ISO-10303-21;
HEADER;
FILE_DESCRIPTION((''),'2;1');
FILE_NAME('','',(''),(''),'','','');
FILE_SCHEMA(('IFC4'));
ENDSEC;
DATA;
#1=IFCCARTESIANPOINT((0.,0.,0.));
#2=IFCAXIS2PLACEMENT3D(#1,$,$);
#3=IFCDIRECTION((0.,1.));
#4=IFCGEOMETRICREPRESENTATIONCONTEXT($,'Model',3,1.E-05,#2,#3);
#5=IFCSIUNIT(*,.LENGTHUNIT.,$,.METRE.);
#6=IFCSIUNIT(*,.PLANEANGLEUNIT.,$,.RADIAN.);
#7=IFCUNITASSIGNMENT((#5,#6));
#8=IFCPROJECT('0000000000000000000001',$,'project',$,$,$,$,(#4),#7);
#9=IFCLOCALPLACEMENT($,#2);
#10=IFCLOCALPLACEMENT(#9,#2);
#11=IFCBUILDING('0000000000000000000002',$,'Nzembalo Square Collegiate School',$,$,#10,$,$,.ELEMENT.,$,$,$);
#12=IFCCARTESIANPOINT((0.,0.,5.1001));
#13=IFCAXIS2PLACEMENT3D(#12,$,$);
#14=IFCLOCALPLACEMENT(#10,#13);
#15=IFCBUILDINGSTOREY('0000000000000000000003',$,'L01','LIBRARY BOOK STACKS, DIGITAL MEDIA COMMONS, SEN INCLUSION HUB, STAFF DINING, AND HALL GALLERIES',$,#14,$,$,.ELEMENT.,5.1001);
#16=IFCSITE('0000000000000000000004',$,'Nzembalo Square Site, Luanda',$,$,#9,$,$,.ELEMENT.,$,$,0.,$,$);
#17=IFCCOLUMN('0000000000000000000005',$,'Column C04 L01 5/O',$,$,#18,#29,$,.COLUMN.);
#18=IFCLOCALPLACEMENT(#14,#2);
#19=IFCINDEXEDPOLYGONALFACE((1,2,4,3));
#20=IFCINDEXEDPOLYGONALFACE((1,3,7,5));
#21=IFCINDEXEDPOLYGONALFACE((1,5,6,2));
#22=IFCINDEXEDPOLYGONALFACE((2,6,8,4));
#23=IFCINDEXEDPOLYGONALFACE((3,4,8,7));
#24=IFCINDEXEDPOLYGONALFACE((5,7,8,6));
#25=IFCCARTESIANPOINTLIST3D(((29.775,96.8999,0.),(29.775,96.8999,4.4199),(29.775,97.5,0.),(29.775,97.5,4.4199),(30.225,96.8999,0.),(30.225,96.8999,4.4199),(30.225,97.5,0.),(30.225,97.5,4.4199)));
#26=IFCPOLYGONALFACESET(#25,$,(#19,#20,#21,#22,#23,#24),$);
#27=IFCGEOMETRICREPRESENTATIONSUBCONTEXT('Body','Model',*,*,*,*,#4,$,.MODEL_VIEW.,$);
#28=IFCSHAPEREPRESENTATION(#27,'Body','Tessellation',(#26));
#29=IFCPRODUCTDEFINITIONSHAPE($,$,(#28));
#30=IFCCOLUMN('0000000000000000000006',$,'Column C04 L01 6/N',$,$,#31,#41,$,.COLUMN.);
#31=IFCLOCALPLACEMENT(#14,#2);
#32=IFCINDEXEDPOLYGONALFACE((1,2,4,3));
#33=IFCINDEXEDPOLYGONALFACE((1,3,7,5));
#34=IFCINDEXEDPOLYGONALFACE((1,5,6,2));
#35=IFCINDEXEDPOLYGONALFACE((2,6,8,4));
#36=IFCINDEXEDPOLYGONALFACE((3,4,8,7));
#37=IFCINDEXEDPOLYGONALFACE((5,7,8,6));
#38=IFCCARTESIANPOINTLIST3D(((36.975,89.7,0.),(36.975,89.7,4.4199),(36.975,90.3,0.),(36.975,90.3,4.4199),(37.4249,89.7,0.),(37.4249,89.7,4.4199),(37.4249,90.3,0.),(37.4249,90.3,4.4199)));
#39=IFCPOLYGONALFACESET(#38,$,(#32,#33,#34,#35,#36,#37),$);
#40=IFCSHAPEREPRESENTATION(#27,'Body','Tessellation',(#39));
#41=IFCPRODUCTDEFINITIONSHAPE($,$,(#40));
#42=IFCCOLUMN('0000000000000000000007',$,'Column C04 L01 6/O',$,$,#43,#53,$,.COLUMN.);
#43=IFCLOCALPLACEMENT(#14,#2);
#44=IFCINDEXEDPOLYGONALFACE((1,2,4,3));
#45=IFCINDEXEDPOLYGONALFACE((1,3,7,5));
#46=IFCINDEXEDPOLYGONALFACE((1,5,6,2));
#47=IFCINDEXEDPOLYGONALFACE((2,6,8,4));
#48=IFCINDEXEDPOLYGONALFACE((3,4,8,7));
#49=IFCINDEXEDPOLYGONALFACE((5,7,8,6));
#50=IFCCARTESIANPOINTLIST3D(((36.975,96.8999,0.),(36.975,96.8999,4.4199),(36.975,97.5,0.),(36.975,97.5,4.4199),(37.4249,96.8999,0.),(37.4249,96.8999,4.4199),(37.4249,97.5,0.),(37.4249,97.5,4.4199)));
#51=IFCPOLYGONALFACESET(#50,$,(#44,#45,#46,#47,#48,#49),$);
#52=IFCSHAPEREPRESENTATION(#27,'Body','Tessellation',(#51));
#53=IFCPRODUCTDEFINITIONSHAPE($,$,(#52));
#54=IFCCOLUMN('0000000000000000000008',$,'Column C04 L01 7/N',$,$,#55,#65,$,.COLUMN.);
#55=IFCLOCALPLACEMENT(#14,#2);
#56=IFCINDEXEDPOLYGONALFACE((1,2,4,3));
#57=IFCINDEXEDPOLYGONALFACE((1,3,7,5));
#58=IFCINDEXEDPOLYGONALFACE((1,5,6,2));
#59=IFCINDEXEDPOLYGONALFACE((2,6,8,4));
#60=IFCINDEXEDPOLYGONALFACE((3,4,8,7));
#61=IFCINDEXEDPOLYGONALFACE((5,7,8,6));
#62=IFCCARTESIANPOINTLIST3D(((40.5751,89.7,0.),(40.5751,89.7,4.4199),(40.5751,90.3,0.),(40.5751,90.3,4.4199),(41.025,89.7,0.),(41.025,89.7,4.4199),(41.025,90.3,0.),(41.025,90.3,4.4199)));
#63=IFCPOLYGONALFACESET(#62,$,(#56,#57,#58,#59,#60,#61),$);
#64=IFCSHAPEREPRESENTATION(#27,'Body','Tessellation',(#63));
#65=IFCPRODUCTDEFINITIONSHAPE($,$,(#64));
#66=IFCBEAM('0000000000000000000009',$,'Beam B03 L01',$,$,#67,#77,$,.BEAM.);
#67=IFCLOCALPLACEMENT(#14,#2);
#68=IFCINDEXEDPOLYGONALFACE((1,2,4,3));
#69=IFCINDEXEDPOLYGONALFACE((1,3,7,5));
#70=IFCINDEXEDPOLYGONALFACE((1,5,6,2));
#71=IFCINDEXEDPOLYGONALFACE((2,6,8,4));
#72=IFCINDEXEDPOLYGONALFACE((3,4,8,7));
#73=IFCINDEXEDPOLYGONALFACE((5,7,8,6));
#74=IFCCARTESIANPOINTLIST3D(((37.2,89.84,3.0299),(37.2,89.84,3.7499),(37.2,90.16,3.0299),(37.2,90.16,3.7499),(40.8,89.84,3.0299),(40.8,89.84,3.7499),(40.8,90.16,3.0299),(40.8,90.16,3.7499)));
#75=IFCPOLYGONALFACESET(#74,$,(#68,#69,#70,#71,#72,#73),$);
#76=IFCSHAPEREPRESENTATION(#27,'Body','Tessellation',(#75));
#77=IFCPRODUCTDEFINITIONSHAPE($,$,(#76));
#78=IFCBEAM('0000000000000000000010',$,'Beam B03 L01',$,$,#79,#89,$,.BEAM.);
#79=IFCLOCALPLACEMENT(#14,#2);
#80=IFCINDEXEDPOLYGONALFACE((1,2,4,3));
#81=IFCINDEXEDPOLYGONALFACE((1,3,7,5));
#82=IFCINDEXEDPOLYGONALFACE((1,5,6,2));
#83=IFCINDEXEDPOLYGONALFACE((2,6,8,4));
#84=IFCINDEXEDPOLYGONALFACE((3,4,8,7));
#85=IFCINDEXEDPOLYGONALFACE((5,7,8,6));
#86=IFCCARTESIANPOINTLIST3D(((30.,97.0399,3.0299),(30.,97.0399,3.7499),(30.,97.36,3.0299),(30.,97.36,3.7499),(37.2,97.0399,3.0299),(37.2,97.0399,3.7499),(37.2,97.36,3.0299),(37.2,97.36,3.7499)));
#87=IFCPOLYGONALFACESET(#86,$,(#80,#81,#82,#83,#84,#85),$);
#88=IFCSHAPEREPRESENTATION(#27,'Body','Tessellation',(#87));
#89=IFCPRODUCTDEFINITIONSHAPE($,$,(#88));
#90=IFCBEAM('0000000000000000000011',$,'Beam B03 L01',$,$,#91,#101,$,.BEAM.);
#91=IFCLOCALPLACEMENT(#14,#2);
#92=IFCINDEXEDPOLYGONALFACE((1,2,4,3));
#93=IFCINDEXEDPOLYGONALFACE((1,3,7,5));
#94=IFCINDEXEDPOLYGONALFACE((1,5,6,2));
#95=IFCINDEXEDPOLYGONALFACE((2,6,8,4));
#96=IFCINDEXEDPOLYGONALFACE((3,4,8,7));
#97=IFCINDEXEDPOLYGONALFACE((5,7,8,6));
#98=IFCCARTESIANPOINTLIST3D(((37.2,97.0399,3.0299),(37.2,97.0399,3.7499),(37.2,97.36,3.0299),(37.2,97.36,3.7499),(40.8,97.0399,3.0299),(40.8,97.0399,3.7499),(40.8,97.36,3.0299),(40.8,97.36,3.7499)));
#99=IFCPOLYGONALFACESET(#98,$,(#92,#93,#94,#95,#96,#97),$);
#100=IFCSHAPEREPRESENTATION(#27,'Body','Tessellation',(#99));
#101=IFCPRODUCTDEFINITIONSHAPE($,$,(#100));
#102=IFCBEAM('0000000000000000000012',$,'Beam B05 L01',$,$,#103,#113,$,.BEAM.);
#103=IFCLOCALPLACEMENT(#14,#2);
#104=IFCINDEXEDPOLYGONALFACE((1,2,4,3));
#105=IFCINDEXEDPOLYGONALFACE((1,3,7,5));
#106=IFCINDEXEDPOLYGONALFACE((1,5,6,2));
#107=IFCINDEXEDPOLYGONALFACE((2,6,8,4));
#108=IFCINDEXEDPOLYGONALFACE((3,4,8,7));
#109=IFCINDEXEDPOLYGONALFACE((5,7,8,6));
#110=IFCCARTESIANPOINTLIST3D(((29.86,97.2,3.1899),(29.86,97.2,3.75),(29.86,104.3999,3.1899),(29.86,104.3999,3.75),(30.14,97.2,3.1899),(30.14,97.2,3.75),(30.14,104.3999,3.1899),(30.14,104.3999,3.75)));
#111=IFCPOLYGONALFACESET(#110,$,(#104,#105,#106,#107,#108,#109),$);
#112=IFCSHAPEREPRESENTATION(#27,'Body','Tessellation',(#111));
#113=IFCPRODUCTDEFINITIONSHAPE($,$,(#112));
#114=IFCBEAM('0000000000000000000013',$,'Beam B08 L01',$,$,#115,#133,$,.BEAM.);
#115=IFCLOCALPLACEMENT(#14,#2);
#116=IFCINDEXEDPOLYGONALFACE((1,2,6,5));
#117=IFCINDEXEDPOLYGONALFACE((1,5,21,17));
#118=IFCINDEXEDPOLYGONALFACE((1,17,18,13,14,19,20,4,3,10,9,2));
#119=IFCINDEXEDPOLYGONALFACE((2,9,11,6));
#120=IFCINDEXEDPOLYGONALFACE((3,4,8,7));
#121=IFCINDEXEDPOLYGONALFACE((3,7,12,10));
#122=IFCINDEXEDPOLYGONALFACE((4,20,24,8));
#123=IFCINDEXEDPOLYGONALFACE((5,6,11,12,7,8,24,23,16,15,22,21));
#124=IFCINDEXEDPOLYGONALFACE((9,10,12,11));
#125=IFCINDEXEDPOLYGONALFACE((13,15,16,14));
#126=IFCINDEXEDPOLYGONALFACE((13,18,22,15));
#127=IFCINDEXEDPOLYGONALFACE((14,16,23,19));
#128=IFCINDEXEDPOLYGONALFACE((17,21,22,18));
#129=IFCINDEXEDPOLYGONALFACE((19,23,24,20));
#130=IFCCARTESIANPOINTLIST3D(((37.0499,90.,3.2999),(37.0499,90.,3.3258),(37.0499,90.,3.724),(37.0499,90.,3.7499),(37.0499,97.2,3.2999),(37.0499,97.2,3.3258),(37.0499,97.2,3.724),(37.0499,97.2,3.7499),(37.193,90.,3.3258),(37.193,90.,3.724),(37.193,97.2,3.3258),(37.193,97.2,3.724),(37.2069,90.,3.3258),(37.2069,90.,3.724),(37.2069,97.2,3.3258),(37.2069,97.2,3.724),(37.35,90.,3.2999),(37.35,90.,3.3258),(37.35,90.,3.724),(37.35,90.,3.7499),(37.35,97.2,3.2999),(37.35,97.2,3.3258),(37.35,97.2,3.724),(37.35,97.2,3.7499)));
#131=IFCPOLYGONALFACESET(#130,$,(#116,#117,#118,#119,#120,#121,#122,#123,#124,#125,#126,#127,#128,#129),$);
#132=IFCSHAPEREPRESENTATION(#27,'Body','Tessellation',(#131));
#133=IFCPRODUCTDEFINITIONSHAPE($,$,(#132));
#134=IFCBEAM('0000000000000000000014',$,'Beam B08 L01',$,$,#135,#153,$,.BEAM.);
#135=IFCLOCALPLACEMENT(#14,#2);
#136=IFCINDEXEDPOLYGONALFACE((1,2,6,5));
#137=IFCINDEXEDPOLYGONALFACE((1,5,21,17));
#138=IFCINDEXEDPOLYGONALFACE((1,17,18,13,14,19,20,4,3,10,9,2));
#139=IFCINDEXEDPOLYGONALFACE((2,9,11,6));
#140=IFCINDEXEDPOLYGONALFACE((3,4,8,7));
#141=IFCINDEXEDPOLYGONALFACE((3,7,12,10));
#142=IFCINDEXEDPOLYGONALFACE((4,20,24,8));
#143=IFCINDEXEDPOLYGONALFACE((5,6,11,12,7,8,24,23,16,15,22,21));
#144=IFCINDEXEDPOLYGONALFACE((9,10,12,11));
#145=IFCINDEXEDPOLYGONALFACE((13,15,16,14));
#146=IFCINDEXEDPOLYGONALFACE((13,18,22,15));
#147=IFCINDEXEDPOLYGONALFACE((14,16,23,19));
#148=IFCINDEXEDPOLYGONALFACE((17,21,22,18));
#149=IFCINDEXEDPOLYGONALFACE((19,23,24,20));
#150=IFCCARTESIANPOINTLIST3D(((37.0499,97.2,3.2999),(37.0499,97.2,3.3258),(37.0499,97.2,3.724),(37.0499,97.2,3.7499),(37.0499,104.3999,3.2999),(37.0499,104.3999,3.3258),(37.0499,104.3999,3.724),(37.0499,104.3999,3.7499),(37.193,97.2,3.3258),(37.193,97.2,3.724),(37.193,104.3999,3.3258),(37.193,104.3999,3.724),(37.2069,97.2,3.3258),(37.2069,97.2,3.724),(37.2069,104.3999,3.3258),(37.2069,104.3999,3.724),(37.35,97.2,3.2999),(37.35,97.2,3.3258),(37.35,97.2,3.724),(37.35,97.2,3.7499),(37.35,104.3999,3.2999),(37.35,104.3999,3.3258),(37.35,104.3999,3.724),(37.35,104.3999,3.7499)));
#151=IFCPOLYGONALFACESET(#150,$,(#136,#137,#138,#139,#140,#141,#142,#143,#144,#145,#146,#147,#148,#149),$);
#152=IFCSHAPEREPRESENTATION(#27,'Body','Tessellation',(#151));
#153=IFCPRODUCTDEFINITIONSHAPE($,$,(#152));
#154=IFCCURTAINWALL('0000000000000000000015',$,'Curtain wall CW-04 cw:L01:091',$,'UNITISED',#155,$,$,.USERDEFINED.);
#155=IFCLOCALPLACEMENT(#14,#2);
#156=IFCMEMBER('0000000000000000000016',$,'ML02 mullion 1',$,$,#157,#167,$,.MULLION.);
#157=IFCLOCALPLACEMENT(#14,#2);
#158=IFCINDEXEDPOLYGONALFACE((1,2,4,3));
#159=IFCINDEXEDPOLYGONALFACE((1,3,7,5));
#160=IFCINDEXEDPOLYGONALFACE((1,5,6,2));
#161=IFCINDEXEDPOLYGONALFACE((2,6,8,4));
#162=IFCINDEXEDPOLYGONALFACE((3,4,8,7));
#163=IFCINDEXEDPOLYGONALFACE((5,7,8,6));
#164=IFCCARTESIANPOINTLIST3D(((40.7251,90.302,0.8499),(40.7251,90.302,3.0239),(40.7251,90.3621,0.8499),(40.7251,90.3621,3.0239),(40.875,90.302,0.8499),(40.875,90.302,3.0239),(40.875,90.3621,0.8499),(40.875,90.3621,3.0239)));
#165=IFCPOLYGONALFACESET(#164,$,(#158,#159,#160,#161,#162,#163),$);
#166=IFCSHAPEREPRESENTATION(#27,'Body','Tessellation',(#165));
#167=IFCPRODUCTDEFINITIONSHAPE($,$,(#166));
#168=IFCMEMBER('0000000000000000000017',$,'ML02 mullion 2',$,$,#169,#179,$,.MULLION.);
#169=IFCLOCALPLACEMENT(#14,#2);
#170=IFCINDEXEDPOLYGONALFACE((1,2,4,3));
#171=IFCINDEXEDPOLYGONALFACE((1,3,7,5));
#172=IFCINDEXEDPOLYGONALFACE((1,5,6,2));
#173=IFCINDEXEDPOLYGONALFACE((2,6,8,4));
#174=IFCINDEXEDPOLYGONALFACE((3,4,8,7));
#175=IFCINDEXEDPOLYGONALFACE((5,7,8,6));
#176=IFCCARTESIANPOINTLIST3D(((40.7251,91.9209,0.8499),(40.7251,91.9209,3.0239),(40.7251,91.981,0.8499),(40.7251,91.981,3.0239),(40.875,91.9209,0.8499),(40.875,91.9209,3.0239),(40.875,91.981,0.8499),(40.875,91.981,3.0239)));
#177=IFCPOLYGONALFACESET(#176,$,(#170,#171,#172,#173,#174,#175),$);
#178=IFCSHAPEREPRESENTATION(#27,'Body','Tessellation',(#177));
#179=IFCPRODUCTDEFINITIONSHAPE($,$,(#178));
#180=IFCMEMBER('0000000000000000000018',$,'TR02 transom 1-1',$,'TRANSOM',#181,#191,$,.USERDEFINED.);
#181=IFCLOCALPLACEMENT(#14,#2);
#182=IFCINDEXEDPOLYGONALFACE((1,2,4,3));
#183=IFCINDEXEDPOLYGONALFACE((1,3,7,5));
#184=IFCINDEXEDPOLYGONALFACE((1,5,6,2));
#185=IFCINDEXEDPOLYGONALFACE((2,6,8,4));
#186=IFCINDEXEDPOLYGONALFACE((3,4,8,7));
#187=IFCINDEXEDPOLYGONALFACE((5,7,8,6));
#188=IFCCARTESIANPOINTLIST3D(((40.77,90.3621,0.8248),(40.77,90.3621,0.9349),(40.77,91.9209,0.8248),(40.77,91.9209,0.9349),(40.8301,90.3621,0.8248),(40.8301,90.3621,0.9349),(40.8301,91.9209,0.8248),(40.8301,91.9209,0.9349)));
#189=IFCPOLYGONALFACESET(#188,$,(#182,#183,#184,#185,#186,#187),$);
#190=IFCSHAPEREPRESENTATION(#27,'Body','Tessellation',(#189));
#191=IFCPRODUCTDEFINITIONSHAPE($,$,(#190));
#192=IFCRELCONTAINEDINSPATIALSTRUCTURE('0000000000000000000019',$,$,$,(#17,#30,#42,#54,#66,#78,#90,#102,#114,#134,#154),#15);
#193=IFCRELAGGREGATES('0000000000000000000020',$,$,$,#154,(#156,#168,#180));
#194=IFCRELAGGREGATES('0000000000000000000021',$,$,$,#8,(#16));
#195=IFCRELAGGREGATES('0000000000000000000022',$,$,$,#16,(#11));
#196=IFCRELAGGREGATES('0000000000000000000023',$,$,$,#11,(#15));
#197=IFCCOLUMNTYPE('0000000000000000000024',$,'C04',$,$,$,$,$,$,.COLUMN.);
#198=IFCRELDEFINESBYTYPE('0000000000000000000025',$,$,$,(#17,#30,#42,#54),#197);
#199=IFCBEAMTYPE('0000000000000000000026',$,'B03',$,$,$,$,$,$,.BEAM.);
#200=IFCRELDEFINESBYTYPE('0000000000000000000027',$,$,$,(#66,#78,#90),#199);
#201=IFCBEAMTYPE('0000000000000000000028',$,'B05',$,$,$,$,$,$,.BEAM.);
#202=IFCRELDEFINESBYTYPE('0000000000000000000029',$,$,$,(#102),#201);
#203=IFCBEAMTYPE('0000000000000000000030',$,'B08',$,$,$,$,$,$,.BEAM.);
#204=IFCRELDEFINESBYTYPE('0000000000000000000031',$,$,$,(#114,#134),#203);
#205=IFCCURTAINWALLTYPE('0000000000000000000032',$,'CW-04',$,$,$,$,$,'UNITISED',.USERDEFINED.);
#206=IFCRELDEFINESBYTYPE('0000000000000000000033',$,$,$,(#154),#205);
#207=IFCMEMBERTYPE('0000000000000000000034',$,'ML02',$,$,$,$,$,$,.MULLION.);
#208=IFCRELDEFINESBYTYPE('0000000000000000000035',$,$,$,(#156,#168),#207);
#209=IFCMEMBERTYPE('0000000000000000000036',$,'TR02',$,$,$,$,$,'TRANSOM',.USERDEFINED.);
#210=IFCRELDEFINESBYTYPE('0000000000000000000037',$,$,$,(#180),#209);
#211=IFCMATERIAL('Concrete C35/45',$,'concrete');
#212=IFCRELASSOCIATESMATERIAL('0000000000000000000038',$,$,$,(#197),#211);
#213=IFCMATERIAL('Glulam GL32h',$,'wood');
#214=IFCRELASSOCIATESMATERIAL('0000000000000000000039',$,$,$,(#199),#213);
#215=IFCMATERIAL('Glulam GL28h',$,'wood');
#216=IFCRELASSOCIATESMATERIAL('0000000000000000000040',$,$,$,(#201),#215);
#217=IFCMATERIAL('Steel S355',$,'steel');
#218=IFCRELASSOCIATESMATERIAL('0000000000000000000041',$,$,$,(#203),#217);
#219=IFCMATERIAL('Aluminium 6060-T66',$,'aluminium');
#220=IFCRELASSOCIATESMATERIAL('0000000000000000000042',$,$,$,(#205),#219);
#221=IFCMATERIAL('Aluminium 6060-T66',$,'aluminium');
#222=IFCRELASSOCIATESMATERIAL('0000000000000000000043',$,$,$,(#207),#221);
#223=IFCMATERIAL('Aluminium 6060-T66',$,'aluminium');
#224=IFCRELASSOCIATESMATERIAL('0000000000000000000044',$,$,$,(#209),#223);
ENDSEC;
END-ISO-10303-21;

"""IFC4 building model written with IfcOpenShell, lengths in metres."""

from ifc_helpers import new_model, si_unit, direction, frame, origin, origin_2d, place, context, subcontext, project, spatial, rectangle, i_section, extrude, material, material_profile, profile_set, type_object, element, aggregate, save


model = new_model("IFC4")

# Units and contexts
model_context = context("Model", 3, precision=1e-05, world=origin(), true_north=direction((0.0, 1.0)))
body_context = subcontext(model_context, "Body", "Model", "MODEL_VIEW")
ifc_project = project(units=[si_unit("LENGTHUNIT", "METRE"), si_unit("PLANEANGLEUNIT", "RADIAN")], contexts=[model_context])

# Site, building, storey
site_placement = place(None, origin())
site = spatial("IfcSite", under=ifc_project, at=site_placement, Name="Nzembalo Square Site, Luanda", CompositionType="ELEMENT", RefElevation=0.0)
building_placement = place(site_placement, origin())
building = spatial("IfcBuilding", under=site, at=building_placement, Name="Nzembalo Square Collegiate School", CompositionType="ELEMENT")
storey_placement = place(building_placement, frame((0.0, 0.0, 5.1001)))
storey = spatial("IfcBuildingStorey", under=building, at=storey_placement, Name="L01", Description="LIBRARY BOOK STACKS, DIGITAL MEDIA COMMONS, SEN INCLUSION HUB, STAFF DINING, AND HALL GALLERIES", CompositionType="ELEMENT", Elevation=5.1001)

# Columns
ifc_material_1 = material(Name="Concrete C35/45", Category="concrete")
ifc_material_profile_1 = material_profile(ifc_material_1, rectangle(XDim=0.45, YDim=0.6001, at=origin_2d()), Name="RC 450x600")
ifc_profile_set_1 = profile_set([ifc_material_profile_1], Name="Concrete C35/45")
column_type = type_object("IfcColumnType", Name="C04", PredefinedType="COLUMN", material=ifc_profile_set_1)
for number, where, z_axis, x_axis, name in (
    (1, (30.0, 97.2, 0.0), (0.0, 0.0, 1.0), (1.0, 0.0, 0.0), "Column C04 L01 5/O"),
    (2, (37.2, 90.0, 0.0), (0.0, 0.0, 1.0), (1.0, 0.0, 0.0), "Column C04 L01 6/N"),
    (3, (37.2, 97.2, 0.0), (0.0, 0.0, 1.0), (1.0, 0.0, 0.0), "Column C04 L01 6/O"),
    (4, (40.8, 90.0, 0.0), (0.0, 0.0, 1.0), (1.0, 0.0, 0.0), "Column C04 L01 7/N"),
):
    element("IfcColumn", number, at=place(storey_placement, frame(where, z_axis=z_axis, x_axis=x_axis)), inside=storey, type_object=column_type, Name=name, PredefinedType="COLUMN", context=body_context, shape_type="SweptSolid", body=[
        extrude(rectangle(XDim=0.45, YDim=0.6001, at=origin_2d()), origin(), (0.0, 0.0, 1.0), 4.4199),
    ])

# Beams
ifc_material_2 = material(Name="Glulam GL32h", Category="wood")
ifc_material_profile_2 = material_profile(ifc_material_2, rectangle(XDim=0.3201, YDim=0.72, at=origin_2d()), Name="GL32h 320x720")
ifc_profile_set_2 = profile_set([ifc_material_profile_2], Name="Glulam GL32h")
beam_type_1 = type_object("IfcBeamType", Name="B03", PredefinedType="BEAM", material=ifc_profile_set_2)
beam_1_placement = place(storey_placement, frame((37.2, 90.0, 3.3899), z_axis=(1.0, 0.0, 0.0), x_axis=(0.0, 1.0, 0.0)))
element("IfcBeam", 5, at=beam_1_placement, inside=storey, type_object=beam_type_1, Name="Beam B03 L01", PredefinedType="BEAM", context=body_context, shape_type="SweptSolid", body=[
    extrude(rectangle(XDim=0.3201, YDim=0.72, at=origin_2d()), origin(), (0.0, 0.0, 1.0), 3.6001),
])
beam_2_placement = place(storey_placement, frame((30.0, 97.2, 3.3899), z_axis=(1.0, 0.0, 0.0), x_axis=(0.0, 1.0, 0.0)))
element("IfcBeam", 6, at=beam_2_placement, inside=storey, type_object=beam_type_1, Name="Beam B03 L01", PredefinedType="BEAM", context=body_context, shape_type="SweptSolid", body=[
    extrude(rectangle(XDim=0.3201, YDim=0.72, at=origin_2d()), origin(), (0.0, 0.0, 1.0), 7.2),
])
beam_3_placement = place(storey_placement, frame((37.2, 97.2, 3.3899), z_axis=(1.0, 0.0, 0.0), x_axis=(0.0, 1.0, 0.0)))
element("IfcBeam", 7, at=beam_3_placement, inside=storey, type_object=beam_type_1, Name="Beam B03 L01", PredefinedType="BEAM", context=body_context, shape_type="SweptSolid", body=[
    extrude(rectangle(XDim=0.3201, YDim=0.72, at=origin_2d()), origin(), (0.0, 0.0, 1.0), 3.6001),
])
ifc_material_3 = material(Name="Glulam GL28h", Category="wood")
ifc_material_profile_3 = material_profile(ifc_material_3, rectangle(XDim=0.28, YDim=0.5601, at=origin_2d()), Name="GL28h 280x560")
ifc_profile_set_3 = profile_set([ifc_material_profile_3], Name="Glulam GL28h")
beam_type_2 = type_object("IfcBeamType", Name="B05", PredefinedType="BEAM", material=ifc_profile_set_3)
beam_4_placement = place(storey_placement, frame((30.0, 97.2, 3.47), z_axis=(0.0, 1.0, 0.0), x_axis=(-1.0, 0.0, 0.0)))
element("IfcBeam", 8, at=beam_4_placement, inside=storey, type_object=beam_type_2, Name="Beam B05 L01", PredefinedType="BEAM", context=body_context, shape_type="SweptSolid", body=[
    extrude(rectangle(XDim=0.28, YDim=0.5601, at=origin_2d()), origin(), (0.0, 0.0, 1.0), 7.2),
])
ifc_material_4 = material(Name="Steel S355", Category="steel")
ifc_material_profile_4 = material_profile(ifc_material_4, i_section(OverallWidth=0.3, OverallDepth=0.45, WebThickness=0.0139, FlangeThickness=0.0259, at=origin_2d()), Name="HEB 450")
ifc_profile_set_4 = profile_set([ifc_material_profile_4], Name="Steel S355")
beam_type_3 = type_object("IfcBeamType", Name="B08", PredefinedType="BEAM", material=ifc_profile_set_4)
for number, where, z_axis, x_axis, name in (
    (9, (37.2, 90.0, 3.5249), (0.0, 1.0, 0.0), (-1.0, 0.0, 0.0), "Beam B08 L01"),
    (10, (37.2, 97.2, 3.5249), (0.0, 1.0, 0.0), (-1.0, 0.0, 0.0), "Beam B08 L01"),
):
    element("IfcBeam", number, at=place(storey_placement, frame(where, z_axis=z_axis, x_axis=x_axis)), inside=storey, type_object=beam_type_3, Name=name, PredefinedType="BEAM", context=body_context, shape_type="SweptSolid", body=[
        extrude(i_section(OverallWidth=0.3, OverallDepth=0.45, WebThickness=0.0139, FlangeThickness=0.0259, at=origin_2d()), origin(), (0.0, 0.0, 1.0), 7.2),
    ])

# Curtain wall, members
ifc_material_5 = material(Name="Aluminium 6060-T66", Category="aluminium")
curtain_wall_type = type_object("IfcCurtainWallType", Name="CW-04", ElementType="UNITISED", PredefinedType="USERDEFINED", material=ifc_material_5)
curtain_wall_placement = place(storey_placement, origin())
curtain_wall = element("IfcCurtainWall", 11, at=curtain_wall_placement, inside=storey, type_object=curtain_wall_type, Name="Curtain wall CW-04 cw:L01:091", ObjectType="UNITISED", PredefinedType="USERDEFINED")
ifc_material_6 = material(Name="Aluminium 6060-T66", Category="aluminium")
ifc_material_profile_5 = material_profile(ifc_material_6, rectangle(XDim=0.0601, YDim=0.1499, at=origin_2d()), Name="ALU M60x150")
ifc_profile_set_5 = profile_set([ifc_material_profile_5], Name="Aluminium 6060-T66")
member_type_1 = type_object("IfcMemberType", Name="ML02", PredefinedType="MULLION", material=ifc_profile_set_5)
member_1_placement = place(storey_placement, frame((40.8, 90.332, 0.8499), z_axis=(0.0, 0.0, 1.0), x_axis=(0.0, 1.0, 0.0)))
member_1 = element("IfcMember", 12, at=member_1_placement, type_object=member_type_1, Name="ML02 mullion 1", PredefinedType="MULLION", context=body_context, shape_type="SweptSolid", body=[
    extrude(rectangle(XDim=0.0601, YDim=0.1499, at=origin_2d()), origin(), (0.0, 0.0, 1.0), 2.1741),
])
member_2_placement = place(storey_placement, frame((40.8, 91.9509, 0.8499), z_axis=(0.0, 0.0, 1.0), x_axis=(0.0, 1.0, 0.0)))
member_2 = element("IfcMember", 13, at=member_2_placement, type_object=member_type_1, Name="ML02 mullion 2", PredefinedType="MULLION", context=body_context, shape_type="SweptSolid", body=[
    extrude(rectangle(XDim=0.0601, YDim=0.1499, at=origin_2d()), origin(), (0.0, 0.0, 1.0), 2.1741),
])
ifc_material_7 = material(Name="Aluminium 6060-T66", Category="aluminium")
ifc_material_profile_6 = material_profile(ifc_material_7, rectangle(XDim=0.0601, YDim=0.1101, at=origin_2d()), Name="ALU T60x110")
ifc_profile_set_6 = profile_set([ifc_material_profile_6], Name="Aluminium 6060-T66")
member_type_2 = type_object("IfcMemberType", Name="TR02", ElementType="TRANSOM", PredefinedType="USERDEFINED", material=ifc_profile_set_6)
member_3_placement = place(storey_placement, frame((40.8, 90.3621, 0.8799), z_axis=(0.0, 1.0, 0.0), x_axis=(-1.0, 0.0, 0.0)))
member_3 = element("IfcMember", 14, at=member_3_placement, type_object=member_type_2, Name="TR02 transom 1-1", ObjectType="TRANSOM", PredefinedType="USERDEFINED", context=body_context, shape_type="SweptSolid", body=[
    extrude(rectangle(XDim=0.0601, YDim=0.1101, at=origin_2d()), origin(), (0.0, 0.0, 1.0), 1.5588),
])
aggregate(curtain_wall, [member_1, member_2, member_3])

save(model, "model.ifc")
